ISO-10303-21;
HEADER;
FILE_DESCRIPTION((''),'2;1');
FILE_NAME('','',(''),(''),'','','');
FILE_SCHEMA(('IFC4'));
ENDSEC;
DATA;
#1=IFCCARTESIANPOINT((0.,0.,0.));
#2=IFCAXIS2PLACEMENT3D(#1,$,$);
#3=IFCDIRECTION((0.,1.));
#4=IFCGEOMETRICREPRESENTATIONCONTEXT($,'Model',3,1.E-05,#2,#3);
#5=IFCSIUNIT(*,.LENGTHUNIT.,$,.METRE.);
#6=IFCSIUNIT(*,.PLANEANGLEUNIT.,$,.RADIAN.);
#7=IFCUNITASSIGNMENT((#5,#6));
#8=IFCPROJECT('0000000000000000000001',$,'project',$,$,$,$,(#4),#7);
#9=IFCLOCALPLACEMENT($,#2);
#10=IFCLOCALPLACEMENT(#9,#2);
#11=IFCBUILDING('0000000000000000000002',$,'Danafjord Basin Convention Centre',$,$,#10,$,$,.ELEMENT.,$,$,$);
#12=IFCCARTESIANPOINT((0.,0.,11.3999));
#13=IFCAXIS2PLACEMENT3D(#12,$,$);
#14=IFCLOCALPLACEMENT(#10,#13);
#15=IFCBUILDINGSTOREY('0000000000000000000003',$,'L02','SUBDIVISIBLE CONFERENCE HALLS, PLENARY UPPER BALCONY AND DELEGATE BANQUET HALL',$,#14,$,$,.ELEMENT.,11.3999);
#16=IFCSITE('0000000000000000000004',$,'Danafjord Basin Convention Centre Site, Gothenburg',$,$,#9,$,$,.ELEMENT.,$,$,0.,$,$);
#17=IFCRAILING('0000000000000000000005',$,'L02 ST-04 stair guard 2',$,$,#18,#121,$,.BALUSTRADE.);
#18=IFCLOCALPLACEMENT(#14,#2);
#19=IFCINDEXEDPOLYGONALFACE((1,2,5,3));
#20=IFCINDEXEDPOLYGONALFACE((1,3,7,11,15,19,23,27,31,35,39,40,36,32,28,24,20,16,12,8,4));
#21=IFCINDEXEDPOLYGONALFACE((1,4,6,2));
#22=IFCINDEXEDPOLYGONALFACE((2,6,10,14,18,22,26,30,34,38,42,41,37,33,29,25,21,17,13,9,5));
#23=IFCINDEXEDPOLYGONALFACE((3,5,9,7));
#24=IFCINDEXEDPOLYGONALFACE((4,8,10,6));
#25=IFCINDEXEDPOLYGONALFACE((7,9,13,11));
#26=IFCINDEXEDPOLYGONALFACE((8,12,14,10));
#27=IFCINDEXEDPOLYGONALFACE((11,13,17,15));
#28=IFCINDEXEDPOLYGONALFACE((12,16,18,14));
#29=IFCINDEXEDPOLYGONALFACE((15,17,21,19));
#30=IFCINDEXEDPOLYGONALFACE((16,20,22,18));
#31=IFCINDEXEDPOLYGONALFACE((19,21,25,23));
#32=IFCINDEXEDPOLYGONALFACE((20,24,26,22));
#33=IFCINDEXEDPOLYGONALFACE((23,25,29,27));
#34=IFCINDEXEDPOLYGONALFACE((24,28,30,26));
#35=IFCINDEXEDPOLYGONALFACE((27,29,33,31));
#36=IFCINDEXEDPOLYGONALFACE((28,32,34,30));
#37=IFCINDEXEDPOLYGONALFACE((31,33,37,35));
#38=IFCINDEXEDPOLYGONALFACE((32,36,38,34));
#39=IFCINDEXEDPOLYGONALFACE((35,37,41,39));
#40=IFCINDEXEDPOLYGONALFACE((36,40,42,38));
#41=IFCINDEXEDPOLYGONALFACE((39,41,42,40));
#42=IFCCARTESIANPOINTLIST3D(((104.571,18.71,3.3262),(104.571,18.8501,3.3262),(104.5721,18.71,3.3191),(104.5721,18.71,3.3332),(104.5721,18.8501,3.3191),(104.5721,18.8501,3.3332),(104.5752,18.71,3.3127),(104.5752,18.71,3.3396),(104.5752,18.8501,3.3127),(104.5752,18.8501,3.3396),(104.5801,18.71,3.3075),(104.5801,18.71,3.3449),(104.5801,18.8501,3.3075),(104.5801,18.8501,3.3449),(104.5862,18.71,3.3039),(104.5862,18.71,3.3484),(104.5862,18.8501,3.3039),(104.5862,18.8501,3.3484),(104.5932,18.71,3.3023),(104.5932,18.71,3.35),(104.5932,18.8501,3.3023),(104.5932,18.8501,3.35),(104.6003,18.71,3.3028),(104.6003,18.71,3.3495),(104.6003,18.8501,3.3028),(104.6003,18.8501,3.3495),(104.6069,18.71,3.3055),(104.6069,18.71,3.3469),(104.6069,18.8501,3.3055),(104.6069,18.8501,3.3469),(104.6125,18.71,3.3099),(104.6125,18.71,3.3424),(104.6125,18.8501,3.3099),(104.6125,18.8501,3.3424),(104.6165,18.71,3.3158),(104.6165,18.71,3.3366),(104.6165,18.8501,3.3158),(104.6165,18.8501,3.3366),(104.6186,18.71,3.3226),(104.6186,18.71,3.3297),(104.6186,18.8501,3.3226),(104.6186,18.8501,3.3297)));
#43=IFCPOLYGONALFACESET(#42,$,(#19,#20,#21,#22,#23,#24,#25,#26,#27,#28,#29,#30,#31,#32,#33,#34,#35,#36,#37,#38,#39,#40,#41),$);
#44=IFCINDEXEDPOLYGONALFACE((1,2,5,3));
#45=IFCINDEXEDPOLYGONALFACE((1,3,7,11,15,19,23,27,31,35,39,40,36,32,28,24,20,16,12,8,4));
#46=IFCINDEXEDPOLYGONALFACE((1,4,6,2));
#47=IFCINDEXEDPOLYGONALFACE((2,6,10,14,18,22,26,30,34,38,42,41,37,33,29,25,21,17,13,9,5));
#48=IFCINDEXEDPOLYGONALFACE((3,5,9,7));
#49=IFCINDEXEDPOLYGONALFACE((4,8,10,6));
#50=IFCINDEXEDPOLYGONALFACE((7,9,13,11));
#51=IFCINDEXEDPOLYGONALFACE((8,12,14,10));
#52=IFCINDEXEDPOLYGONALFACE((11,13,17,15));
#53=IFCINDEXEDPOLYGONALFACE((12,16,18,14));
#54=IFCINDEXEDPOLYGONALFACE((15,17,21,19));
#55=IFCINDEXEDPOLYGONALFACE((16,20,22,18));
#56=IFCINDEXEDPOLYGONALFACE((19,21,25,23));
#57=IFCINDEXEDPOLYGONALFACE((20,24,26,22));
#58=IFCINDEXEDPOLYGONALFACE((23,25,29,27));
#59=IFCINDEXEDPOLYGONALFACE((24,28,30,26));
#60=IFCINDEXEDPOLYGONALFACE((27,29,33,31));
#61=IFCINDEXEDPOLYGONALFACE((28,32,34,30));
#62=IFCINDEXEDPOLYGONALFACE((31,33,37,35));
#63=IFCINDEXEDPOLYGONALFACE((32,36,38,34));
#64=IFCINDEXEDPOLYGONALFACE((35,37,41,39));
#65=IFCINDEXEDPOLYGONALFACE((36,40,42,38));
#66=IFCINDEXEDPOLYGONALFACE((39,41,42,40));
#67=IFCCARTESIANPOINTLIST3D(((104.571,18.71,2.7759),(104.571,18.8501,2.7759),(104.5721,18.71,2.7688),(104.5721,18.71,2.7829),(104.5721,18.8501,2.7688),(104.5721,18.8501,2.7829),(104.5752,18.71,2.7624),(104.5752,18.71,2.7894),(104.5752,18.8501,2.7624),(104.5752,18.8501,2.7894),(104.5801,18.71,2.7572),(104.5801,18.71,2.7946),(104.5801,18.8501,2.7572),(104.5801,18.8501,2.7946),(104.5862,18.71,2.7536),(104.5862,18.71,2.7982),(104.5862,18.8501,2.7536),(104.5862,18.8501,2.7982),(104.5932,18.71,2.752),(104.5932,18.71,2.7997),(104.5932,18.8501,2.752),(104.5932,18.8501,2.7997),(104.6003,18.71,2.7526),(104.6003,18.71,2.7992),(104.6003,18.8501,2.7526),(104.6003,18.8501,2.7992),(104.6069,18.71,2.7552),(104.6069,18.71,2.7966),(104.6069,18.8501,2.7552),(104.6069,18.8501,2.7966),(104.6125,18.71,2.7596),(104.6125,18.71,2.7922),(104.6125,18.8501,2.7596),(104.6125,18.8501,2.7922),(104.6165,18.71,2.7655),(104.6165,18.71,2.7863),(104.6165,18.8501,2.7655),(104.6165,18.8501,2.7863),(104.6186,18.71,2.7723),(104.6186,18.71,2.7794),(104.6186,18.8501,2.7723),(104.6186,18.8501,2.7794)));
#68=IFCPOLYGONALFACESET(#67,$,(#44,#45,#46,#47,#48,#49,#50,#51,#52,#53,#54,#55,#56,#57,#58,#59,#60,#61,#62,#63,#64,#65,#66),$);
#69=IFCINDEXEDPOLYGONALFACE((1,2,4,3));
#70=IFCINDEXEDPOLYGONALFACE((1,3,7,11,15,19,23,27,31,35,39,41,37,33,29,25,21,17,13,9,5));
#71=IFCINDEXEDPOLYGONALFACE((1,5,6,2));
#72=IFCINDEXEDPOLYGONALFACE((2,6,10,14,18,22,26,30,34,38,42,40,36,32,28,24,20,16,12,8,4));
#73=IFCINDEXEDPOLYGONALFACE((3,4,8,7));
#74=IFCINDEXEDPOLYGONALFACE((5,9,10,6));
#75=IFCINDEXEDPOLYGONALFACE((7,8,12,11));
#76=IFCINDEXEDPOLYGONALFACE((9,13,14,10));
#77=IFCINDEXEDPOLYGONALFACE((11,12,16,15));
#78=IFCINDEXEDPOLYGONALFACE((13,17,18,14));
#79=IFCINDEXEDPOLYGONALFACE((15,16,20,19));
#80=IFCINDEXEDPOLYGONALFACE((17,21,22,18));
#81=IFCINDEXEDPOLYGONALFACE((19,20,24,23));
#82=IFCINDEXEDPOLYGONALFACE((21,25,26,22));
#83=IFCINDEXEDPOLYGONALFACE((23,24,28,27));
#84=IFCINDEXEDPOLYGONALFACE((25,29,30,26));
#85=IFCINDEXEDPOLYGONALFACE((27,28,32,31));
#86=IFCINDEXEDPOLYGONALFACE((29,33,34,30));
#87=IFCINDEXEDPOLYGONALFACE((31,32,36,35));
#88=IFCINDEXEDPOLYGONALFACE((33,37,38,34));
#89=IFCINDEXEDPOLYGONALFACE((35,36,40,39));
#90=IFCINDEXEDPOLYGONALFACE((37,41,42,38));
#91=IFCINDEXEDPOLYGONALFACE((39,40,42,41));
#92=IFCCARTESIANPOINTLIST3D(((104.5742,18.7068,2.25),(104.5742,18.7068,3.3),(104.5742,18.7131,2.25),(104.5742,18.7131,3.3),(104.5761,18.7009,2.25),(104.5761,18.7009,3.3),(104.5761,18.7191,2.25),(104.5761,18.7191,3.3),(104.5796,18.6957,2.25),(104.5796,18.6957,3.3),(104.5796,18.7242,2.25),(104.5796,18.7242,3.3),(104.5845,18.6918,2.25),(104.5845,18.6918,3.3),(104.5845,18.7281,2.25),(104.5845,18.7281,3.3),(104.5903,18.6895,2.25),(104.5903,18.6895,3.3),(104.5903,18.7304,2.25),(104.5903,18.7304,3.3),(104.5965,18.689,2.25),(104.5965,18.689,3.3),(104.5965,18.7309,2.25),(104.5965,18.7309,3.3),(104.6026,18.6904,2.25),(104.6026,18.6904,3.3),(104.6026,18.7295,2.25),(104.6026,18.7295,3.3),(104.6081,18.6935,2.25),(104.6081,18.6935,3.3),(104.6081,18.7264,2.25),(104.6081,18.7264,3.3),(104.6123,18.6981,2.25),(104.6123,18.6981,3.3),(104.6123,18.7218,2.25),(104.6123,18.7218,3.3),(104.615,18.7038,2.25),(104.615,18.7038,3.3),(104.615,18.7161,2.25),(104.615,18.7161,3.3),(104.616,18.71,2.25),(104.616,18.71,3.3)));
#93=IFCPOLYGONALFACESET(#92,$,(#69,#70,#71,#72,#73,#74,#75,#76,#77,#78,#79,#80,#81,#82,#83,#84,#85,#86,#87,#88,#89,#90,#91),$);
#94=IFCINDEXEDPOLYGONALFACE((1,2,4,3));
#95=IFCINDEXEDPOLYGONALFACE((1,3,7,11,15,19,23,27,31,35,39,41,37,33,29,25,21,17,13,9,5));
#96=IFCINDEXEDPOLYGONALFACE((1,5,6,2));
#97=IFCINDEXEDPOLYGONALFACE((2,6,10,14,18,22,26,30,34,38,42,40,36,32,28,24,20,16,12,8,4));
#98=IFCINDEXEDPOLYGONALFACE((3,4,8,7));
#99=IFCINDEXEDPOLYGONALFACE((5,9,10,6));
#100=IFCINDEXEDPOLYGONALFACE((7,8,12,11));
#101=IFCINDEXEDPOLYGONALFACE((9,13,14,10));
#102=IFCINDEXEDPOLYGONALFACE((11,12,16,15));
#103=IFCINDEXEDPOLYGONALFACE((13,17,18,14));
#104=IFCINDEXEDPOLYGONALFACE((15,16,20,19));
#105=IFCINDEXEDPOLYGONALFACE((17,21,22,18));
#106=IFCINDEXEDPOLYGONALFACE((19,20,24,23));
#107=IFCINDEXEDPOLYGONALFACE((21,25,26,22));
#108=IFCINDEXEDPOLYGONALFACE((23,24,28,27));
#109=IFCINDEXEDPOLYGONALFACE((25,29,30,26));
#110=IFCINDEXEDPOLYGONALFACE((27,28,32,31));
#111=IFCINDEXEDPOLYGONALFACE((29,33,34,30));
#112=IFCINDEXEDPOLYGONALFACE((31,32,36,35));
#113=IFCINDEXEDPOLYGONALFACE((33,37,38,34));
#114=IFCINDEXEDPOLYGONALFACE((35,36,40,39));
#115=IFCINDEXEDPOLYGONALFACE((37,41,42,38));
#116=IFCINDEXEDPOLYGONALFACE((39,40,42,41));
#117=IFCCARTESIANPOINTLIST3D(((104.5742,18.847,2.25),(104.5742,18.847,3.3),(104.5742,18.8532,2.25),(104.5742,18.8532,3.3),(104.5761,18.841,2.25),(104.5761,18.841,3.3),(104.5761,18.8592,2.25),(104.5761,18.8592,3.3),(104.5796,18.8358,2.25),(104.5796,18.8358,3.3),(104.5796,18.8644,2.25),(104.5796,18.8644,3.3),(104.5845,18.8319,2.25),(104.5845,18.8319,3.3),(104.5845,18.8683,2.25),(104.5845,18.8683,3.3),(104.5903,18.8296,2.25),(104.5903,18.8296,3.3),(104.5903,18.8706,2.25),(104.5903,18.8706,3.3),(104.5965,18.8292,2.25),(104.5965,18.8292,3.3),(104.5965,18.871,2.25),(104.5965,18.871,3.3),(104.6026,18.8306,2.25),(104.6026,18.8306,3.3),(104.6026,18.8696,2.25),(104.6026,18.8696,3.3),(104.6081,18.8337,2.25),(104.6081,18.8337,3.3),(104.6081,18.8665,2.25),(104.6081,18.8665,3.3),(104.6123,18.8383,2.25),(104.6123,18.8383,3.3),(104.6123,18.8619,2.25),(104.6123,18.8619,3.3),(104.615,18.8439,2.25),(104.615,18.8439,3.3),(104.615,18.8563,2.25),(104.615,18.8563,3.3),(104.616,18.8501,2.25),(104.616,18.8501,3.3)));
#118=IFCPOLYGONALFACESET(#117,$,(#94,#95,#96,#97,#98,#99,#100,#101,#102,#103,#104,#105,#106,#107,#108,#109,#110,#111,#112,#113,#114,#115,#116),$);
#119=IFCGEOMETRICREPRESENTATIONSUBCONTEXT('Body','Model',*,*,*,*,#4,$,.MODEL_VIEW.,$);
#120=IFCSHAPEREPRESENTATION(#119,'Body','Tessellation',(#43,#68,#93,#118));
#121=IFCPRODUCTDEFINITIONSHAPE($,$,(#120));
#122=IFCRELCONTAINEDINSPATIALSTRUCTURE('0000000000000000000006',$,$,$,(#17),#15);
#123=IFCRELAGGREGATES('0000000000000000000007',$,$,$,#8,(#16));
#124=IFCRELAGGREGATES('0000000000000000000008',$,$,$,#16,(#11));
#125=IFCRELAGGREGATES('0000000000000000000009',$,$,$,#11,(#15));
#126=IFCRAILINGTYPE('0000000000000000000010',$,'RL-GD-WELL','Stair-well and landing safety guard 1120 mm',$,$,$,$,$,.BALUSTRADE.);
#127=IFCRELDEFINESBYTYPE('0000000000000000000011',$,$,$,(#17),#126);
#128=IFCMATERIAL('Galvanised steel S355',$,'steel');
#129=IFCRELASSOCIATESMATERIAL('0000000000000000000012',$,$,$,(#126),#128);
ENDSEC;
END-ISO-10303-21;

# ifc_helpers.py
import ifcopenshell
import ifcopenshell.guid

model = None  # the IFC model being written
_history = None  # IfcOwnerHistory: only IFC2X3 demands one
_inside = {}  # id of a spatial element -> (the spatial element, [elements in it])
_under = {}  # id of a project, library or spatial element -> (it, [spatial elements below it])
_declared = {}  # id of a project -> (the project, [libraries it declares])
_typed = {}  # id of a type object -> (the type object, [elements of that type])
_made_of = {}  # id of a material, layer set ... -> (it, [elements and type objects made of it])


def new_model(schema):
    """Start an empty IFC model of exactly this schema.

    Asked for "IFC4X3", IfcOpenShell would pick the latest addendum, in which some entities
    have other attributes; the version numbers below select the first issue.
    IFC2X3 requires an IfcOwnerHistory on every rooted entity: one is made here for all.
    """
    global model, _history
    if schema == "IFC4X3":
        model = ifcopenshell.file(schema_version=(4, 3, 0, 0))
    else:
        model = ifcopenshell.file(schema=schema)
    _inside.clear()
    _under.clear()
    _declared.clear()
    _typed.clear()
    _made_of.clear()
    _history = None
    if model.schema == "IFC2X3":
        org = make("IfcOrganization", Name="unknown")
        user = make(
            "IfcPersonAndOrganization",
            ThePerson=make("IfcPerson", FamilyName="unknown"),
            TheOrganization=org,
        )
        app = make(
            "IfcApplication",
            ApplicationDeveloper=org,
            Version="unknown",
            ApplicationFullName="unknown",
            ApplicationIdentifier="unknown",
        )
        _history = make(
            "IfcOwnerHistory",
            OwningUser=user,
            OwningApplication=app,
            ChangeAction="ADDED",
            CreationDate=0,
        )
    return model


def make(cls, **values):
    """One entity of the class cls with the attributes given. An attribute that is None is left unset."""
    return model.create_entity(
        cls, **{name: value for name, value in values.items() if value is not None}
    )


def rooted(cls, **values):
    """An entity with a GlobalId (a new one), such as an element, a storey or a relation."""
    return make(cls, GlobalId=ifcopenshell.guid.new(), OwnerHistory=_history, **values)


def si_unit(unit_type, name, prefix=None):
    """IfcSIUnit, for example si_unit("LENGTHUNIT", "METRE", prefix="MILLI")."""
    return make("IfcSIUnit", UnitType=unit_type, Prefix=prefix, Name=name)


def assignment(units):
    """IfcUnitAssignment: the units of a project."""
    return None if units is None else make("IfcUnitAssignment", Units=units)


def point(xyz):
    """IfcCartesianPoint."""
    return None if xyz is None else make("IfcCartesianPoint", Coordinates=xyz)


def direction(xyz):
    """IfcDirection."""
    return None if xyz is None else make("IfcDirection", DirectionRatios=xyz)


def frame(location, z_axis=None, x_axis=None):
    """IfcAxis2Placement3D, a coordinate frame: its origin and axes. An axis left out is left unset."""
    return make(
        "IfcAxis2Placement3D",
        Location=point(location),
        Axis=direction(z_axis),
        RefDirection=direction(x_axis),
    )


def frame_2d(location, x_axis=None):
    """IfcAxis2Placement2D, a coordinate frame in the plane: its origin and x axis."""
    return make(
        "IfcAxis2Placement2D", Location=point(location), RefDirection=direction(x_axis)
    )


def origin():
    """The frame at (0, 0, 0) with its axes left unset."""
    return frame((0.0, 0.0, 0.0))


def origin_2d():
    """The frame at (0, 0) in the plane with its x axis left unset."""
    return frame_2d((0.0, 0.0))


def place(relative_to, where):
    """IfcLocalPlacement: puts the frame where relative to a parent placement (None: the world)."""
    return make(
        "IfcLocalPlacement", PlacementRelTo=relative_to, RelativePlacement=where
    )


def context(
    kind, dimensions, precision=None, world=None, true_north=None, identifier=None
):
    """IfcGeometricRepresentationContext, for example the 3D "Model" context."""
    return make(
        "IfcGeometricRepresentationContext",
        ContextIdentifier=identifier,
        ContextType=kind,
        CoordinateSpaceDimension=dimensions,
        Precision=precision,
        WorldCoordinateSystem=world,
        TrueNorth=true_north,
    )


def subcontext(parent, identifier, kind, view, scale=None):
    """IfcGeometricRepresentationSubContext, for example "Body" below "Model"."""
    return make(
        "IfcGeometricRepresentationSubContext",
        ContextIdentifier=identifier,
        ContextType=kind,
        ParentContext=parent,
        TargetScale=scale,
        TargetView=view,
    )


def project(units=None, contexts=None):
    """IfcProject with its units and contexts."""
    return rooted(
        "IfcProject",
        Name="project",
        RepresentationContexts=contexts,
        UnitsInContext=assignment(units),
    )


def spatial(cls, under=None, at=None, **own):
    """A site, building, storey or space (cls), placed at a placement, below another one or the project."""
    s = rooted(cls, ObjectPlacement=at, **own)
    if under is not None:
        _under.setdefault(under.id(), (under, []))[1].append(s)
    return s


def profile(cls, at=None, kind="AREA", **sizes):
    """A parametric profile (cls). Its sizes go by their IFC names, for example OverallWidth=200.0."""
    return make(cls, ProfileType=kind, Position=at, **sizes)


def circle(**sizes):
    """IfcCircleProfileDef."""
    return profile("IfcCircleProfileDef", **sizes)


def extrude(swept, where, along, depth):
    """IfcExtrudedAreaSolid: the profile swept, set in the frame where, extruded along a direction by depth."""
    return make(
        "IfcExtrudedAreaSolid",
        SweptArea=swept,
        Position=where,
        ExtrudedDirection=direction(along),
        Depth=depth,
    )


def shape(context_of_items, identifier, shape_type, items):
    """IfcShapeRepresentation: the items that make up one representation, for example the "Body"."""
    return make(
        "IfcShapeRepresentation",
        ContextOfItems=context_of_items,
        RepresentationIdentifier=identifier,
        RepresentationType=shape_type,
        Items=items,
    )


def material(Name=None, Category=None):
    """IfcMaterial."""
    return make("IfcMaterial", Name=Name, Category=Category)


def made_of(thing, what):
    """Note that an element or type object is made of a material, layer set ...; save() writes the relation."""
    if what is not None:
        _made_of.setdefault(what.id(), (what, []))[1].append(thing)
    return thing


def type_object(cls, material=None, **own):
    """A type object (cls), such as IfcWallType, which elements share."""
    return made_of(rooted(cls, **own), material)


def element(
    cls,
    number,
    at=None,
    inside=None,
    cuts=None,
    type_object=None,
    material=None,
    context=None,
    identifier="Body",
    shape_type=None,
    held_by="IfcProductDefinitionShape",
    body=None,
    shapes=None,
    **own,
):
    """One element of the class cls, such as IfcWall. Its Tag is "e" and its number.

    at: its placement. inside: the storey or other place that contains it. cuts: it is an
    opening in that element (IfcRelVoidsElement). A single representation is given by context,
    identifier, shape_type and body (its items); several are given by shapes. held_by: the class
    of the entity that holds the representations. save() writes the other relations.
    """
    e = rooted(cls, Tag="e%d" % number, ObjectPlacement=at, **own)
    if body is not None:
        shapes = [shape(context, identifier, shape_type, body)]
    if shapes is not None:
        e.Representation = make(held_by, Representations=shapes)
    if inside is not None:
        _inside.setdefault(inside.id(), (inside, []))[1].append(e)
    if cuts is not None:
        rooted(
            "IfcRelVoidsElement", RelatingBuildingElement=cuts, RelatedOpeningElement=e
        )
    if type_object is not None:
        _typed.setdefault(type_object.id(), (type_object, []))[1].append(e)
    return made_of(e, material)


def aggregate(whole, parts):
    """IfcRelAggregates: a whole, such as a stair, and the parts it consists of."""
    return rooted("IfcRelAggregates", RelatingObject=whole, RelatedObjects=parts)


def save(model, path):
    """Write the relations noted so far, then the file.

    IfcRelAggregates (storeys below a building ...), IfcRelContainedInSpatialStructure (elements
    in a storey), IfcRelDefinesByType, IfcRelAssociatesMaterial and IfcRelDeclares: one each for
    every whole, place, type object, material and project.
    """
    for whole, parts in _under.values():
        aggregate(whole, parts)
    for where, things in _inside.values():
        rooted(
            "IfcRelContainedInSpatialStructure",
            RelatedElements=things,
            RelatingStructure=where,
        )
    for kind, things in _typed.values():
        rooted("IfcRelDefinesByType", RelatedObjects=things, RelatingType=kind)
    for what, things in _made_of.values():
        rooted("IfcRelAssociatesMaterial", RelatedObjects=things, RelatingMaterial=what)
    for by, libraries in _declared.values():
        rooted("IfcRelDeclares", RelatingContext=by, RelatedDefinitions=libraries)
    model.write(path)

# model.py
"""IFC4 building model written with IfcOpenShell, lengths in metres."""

from ifc_helpers import new_model, si_unit, direction, frame, origin, origin_2d, place, context, subcontext, project, spatial, circle, extrude, material, type_object, element, save


model = new_model("IFC4")

# Units and contexts
model_context = context("Model", 3, precision=1e-05, world=origin(), true_north=direction((0.0, 1.0)))
body_context = subcontext(model_context, "Body", "Model", "MODEL_VIEW")
ifc_project = project(units=[si_unit("LENGTHUNIT", "METRE"), si_unit("PLANEANGLEUNIT", "RADIAN")], contexts=[model_context])

# Site, building, storey
site_placement = place(None, origin())
site = spatial("IfcSite", under=ifc_project, at=site_placement, Name="Danafjord Basin Convention Centre Site, Gothenburg", CompositionType="ELEMENT", RefElevation=0.0)
building_placement = place(site_placement, origin())
building = spatial("IfcBuilding", under=site, at=building_placement, Name="Danafjord Basin Convention Centre", CompositionType="ELEMENT")
storey_placement = place(building_placement, frame((0.0, 0.0, 11.3999)))
storey = spatial("IfcBuildingStorey", under=building, at=storey_placement, Name="L02", Description="SUBDIVISIBLE CONFERENCE HALLS, PLENARY UPPER BALCONY AND DELEGATE BANQUET HALL", CompositionType="ELEMENT", Elevation=11.3999)

# Railing
ifc_material_1 = material(Name="Galvanised steel S355", Category="steel")
railing_type_1 = type_object("IfcRailingType", Name="RL-GD-WELL", Description="Stair-well and landing safety guard 1120 mm", PredefinedType="BALUSTRADE", material=ifc_material_1)
for number, where, name in (
    (1, (104.595, 18.71, 2.25), "L02 ST-04 stair guard 2"),
):
    element("IfcRailing", number, at=place(storey_placement, frame(where)), inside=storey, type_object=railing_type_1, Name=name, PredefinedType="BALUSTRADE", context=body_context, shape_type="SweptSolid", body=[
        extrude(circle(Radius=0.0239, at=origin_2d()), frame((0.0, 0.0, 1.0762), z_axis=(0.0, 1.0, 0.0), x_axis=(-1.0, 0.0, 0.0)), (0.0, 0.0, 1.0), 0.1401),
        extrude(circle(Radius=0.0239, at=origin_2d()), frame((0.0, 0.0, 0.5259), z_axis=(0.0, 1.0, 0.0), x_axis=(-1.0, 0.0, 0.0)), (0.0, 0.0, 1.0), 0.1401),
        extrude(circle(Radius=0.021, at=origin_2d()), origin(), (0.0, 0.0, 1.0), 1.05),
        extrude(circle(Radius=0.021, at=origin_2d()), frame((0.0, 0.1401, 0.0)), (0.0, 0.0, 1.0), 1.05),
    ])

save(model, "model.ifc")
